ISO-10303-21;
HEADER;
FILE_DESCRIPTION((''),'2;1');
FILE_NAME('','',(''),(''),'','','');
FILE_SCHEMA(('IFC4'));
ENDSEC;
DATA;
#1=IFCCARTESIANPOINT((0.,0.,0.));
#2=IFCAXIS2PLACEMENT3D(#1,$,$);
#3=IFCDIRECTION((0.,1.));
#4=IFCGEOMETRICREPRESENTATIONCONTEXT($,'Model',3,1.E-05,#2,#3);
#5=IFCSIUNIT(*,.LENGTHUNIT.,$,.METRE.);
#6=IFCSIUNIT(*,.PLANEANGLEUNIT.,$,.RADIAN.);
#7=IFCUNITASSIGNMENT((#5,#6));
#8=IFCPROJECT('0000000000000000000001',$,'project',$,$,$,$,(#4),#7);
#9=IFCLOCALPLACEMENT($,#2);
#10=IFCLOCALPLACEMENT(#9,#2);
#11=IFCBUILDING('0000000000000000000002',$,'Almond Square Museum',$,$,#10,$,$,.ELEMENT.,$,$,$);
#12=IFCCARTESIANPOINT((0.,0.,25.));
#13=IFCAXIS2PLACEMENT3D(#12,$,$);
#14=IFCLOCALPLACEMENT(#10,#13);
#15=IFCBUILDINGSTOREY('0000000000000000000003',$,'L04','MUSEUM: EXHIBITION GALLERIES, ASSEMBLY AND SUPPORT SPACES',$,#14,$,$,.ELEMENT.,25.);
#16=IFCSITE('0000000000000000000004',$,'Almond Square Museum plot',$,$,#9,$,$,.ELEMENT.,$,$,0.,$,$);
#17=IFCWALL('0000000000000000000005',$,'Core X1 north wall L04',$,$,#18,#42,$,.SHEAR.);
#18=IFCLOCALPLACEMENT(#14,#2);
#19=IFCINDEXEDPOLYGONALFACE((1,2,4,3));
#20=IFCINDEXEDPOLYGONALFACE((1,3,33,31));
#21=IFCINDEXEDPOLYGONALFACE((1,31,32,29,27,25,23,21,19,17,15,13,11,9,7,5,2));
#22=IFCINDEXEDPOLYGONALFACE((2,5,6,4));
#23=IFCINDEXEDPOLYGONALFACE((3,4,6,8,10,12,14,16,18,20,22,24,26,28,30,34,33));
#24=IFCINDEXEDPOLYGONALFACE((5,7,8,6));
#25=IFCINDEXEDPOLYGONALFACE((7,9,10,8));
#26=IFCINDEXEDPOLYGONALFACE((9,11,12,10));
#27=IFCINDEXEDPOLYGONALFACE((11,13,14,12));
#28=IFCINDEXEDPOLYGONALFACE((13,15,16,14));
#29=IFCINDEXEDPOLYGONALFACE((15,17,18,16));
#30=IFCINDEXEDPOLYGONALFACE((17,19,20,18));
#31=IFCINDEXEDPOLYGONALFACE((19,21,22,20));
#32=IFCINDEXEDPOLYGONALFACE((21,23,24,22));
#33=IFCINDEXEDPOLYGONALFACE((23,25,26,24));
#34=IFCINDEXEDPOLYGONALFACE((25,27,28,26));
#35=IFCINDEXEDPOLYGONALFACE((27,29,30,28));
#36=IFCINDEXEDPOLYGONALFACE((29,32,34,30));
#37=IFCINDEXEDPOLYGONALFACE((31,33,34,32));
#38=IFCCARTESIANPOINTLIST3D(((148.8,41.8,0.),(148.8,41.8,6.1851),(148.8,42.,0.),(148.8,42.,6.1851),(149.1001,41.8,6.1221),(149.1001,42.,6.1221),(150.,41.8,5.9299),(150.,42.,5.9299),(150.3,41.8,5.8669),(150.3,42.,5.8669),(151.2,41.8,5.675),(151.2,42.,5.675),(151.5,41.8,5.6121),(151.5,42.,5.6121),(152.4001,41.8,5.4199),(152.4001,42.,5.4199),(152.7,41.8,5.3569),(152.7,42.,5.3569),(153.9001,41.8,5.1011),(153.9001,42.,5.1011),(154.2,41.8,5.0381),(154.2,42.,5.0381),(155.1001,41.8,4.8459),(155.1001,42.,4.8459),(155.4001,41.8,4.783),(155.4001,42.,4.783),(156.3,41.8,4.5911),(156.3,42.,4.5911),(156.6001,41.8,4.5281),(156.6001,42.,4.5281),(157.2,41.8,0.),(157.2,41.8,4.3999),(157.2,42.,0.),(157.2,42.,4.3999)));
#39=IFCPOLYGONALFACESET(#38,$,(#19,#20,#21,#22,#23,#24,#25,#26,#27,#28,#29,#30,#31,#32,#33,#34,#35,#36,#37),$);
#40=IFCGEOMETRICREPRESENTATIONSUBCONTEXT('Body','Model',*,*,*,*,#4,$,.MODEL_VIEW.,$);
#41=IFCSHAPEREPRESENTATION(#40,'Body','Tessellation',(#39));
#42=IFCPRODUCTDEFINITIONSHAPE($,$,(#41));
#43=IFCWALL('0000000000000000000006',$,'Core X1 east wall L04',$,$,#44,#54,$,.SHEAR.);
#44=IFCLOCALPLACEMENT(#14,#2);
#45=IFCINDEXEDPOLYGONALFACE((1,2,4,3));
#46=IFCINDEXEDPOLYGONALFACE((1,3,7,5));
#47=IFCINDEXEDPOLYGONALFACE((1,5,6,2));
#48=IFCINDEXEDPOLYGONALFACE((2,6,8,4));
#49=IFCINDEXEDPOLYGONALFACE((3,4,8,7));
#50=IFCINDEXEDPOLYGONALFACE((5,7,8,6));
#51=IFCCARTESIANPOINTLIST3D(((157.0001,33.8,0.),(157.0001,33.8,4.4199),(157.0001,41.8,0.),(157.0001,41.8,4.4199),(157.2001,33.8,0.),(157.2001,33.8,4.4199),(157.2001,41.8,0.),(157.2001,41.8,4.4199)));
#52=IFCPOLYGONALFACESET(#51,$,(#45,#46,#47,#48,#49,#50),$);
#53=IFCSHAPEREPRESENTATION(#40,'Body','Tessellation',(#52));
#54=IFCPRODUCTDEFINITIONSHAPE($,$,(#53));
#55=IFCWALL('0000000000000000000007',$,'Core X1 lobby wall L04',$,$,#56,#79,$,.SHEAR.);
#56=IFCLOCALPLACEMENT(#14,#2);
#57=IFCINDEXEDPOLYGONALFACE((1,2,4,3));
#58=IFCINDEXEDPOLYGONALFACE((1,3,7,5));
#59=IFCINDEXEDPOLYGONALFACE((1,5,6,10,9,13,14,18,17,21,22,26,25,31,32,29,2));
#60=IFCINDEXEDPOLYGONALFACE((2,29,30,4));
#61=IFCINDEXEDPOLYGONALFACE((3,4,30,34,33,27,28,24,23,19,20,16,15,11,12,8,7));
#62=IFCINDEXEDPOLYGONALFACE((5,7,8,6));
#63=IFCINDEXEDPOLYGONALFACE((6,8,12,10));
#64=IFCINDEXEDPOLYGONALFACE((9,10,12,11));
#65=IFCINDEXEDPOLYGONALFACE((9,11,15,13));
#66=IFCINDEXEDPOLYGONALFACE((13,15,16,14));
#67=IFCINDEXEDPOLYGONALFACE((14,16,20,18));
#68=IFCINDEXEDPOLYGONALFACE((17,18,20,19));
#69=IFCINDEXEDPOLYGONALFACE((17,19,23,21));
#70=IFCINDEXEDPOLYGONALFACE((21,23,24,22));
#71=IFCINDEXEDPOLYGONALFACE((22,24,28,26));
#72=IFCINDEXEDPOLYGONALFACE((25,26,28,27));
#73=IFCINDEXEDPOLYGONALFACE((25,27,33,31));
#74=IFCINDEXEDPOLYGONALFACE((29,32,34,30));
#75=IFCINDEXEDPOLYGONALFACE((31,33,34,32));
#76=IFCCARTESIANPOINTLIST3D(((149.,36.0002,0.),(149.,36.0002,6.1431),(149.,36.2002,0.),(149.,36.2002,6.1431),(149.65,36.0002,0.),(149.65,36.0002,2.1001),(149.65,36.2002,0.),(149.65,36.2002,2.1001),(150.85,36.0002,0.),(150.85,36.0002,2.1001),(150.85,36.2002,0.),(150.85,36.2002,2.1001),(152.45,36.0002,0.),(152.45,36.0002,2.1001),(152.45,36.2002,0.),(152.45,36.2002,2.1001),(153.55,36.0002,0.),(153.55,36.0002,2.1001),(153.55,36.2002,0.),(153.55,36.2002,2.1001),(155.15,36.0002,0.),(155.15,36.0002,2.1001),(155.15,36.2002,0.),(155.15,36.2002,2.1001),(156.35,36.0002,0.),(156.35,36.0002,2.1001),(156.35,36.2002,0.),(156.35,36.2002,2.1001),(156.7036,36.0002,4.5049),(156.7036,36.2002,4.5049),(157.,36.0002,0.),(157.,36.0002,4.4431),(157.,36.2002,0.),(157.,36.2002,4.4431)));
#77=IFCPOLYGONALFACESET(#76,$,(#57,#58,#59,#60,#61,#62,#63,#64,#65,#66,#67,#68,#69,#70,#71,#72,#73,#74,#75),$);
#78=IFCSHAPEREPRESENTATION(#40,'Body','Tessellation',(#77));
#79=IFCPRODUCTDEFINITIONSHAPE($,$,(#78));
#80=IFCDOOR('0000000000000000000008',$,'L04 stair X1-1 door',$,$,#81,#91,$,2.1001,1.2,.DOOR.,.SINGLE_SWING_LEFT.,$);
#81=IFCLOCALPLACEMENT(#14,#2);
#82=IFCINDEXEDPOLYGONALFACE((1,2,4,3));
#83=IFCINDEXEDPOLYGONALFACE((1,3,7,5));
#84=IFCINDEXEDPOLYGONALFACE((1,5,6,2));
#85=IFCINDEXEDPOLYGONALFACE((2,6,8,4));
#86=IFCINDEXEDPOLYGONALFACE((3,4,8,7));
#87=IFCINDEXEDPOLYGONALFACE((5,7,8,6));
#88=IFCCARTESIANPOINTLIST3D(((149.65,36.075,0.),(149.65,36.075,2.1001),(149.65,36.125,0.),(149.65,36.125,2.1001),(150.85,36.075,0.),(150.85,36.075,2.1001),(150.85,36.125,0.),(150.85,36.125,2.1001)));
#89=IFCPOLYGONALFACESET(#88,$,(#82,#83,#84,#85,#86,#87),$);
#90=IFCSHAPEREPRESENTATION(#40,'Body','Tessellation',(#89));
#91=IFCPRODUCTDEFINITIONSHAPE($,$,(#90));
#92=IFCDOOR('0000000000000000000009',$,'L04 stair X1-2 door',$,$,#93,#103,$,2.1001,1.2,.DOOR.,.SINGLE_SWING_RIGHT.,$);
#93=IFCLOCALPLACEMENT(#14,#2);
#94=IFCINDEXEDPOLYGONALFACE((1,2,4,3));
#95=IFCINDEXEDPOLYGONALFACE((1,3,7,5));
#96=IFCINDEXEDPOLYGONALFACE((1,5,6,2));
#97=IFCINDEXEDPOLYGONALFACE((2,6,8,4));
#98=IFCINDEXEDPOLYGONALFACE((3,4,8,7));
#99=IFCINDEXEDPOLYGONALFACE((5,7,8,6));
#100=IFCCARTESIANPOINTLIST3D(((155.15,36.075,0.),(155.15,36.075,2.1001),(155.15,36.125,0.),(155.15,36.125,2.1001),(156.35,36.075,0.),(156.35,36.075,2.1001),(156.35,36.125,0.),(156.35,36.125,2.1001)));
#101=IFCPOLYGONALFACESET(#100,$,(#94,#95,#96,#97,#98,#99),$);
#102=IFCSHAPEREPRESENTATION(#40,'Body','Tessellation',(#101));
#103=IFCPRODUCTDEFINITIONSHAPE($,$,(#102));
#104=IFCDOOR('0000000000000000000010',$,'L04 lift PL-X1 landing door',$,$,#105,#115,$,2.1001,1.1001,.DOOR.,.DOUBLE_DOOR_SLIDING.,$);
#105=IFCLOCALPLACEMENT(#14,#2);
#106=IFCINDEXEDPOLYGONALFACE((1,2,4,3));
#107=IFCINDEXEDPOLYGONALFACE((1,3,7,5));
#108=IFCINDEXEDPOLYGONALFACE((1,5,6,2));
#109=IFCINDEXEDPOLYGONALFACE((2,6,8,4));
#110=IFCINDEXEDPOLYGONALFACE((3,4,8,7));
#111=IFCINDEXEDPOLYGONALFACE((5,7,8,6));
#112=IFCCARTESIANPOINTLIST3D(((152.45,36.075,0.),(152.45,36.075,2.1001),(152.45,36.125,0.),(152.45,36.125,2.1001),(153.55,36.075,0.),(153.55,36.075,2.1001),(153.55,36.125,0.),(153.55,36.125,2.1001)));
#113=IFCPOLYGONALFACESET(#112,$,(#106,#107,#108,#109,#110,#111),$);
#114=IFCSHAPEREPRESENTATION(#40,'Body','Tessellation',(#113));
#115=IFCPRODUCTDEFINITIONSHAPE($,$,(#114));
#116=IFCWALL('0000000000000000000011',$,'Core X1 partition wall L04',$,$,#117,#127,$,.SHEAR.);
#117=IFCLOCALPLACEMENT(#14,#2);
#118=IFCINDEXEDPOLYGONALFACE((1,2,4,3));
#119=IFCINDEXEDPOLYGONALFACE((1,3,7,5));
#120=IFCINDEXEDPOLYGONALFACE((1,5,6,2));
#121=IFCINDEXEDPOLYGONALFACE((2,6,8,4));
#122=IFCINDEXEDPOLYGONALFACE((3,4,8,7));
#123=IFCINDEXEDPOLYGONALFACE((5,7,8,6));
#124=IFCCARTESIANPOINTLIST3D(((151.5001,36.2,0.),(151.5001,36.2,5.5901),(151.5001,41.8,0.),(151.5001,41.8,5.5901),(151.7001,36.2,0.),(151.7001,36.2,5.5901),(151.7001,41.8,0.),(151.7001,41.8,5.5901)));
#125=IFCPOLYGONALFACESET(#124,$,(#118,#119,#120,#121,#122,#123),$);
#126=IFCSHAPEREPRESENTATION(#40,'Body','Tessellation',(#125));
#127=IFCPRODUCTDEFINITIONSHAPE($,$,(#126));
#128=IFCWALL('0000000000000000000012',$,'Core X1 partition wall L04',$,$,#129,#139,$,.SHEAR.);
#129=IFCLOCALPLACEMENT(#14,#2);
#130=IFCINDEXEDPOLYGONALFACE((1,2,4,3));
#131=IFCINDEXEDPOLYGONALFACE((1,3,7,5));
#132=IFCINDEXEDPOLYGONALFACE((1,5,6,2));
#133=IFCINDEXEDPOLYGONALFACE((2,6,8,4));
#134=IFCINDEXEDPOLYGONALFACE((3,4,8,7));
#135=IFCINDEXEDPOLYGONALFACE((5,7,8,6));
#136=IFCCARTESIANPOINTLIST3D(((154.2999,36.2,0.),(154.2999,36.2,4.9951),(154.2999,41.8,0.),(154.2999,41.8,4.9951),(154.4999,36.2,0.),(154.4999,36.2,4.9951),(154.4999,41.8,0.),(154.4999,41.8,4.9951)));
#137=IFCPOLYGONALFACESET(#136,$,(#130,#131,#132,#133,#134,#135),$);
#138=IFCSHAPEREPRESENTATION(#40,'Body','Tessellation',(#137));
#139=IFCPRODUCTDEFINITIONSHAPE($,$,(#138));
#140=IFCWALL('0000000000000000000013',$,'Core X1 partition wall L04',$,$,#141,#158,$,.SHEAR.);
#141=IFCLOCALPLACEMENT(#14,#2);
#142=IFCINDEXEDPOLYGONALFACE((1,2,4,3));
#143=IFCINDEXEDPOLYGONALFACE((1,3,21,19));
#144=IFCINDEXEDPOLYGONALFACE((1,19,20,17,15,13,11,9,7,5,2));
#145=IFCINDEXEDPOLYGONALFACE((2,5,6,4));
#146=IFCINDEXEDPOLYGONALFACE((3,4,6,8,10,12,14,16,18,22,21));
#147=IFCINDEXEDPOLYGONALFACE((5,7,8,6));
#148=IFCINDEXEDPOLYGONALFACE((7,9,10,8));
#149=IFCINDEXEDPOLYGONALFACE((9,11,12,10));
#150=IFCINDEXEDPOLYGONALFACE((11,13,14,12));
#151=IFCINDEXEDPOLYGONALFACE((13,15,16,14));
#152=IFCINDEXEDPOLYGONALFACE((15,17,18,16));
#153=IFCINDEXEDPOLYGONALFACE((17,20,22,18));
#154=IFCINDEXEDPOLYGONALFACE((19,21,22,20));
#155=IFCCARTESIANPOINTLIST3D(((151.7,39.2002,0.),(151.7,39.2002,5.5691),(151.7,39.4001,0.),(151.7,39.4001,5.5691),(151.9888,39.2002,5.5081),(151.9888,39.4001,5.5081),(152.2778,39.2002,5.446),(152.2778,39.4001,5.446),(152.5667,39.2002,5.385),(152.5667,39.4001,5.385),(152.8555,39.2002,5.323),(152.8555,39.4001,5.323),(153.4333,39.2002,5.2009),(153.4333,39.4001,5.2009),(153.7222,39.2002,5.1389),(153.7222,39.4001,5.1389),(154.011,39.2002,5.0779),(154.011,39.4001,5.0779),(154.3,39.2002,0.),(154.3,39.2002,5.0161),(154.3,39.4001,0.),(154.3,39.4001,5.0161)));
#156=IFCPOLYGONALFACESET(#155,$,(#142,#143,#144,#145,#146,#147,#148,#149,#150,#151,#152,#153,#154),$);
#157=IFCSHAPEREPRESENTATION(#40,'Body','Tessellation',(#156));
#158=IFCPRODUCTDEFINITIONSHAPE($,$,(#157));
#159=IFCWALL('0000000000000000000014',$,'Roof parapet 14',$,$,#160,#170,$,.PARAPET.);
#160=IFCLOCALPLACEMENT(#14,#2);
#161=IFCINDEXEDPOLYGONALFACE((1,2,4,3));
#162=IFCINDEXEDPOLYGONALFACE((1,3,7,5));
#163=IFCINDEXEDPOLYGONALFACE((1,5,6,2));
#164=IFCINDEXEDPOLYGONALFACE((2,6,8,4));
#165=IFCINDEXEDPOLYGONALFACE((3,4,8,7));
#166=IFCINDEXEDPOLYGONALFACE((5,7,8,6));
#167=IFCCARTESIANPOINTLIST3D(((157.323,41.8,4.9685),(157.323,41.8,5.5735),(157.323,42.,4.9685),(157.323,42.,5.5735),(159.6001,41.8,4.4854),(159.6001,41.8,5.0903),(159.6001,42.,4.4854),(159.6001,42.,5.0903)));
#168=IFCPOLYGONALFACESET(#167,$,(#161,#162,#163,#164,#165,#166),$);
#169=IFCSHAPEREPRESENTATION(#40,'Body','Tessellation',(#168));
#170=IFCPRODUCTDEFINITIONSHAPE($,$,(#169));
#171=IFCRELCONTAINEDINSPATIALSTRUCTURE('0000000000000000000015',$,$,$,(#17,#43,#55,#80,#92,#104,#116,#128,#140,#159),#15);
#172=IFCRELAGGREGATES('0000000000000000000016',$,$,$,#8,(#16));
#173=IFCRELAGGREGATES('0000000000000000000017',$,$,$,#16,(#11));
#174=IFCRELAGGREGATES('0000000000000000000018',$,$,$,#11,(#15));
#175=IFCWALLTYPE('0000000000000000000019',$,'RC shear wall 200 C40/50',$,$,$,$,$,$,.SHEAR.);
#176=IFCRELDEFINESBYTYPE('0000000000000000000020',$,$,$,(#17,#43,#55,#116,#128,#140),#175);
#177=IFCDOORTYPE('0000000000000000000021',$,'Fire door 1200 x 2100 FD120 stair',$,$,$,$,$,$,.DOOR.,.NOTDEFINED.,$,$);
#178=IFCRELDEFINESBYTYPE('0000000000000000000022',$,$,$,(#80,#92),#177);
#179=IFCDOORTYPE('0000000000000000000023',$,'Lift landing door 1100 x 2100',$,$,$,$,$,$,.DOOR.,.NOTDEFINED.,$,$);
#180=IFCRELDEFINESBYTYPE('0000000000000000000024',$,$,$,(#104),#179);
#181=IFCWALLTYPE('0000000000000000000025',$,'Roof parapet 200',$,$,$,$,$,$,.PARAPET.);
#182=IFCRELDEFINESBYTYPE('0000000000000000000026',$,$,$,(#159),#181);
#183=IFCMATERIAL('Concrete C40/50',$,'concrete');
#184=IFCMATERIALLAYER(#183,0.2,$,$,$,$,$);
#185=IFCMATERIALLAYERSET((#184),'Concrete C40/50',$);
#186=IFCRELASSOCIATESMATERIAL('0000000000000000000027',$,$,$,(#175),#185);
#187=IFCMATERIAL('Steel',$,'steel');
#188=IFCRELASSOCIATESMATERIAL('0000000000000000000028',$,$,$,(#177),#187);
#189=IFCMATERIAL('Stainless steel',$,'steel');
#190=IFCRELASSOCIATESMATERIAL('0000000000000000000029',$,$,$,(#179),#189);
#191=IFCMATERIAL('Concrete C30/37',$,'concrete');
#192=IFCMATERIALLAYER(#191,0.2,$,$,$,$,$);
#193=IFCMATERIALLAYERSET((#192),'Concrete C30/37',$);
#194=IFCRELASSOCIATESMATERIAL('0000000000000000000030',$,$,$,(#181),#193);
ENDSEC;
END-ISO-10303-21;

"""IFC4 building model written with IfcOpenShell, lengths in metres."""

from ifc_helpers import new_model, si_unit, direction, frame, frame_2d, origin, place, context, subcontext, project, spatial, polyline, rectangle, outline, extrude, material, layer, layer_set, type_object, element, fill, save


model = new_model("IFC4")

# Units and contexts
model_context = context("Model", 3, precision=1e-05, world=origin(), true_north=direction((0.0, 1.0)))
body_context = subcontext(model_context, "Body", "Model", "MODEL_VIEW")
ifc_project = project(units=[si_unit("LENGTHUNIT", "METRE"), si_unit("PLANEANGLEUNIT", "RADIAN")], contexts=[model_context])

# Site, building, storey
site_placement = place(None, origin())
site = spatial("IfcSite", under=ifc_project, at=site_placement, Name="Almond Square Museum plot", CompositionType="ELEMENT", RefElevation=0.0)
building_placement = place(site_placement, origin())
building = spatial("IfcBuilding", under=site, at=building_placement, Name="Almond Square Museum", CompositionType="ELEMENT")
storey_placement = place(building_placement, frame((0.0, 0.0, 25.0)))
storey = spatial("IfcBuildingStorey", under=building, at=storey_placement, Name="L04", Description="MUSEUM: EXHIBITION GALLERIES, ASSEMBLY AND SUPPORT SPACES", CompositionType="ELEMENT", Elevation=25.0)

# Walls
ifc_material_1 = material(Name="Concrete C40/50", Category="concrete")
ifc_layer_1 = layer(ifc_material_1, 0.2)
ifc_layer_set_1 = layer_set([ifc_layer_1], Name="Concrete C40/50")
wall_type_1 = type_object("IfcWallType", Name="RC shear wall 200 C40/50", PredefinedType="SHEAR", material=ifc_layer_set_1)
wall_1_placement = place(storey_placement, frame((148.8, 41.8999, 0.0), z_axis=(0.0, 0.0, 1.0), x_axis=(1.0, 0.0, 0.0)))
element("IfcWall", 1, at=wall_1_placement, inside=storey, type_object=wall_type_1, Name="Core X1 north wall L04", PredefinedType="SHEAR", context=body_context, shape_type="SweptSolid", body=[
    extrude(outline(polyline([(0.0, 0.0), (8.3999, 0.0), (8.3999, 4.3999), (7.8, 4.5281), (7.5, 4.5911), (6.6001, 4.783), (6.3, 4.8459), (5.3999, 5.0381), (5.1001, 5.1011), (3.8999, 5.3569), (3.6001, 5.4199), (2.7, 5.6121), (2.3999, 5.675), (1.5, 5.8669), (1.2, 5.9299), (0.3, 6.1221), (0.0, 6.1851), (0.0, 0.0)])), frame((0.0, 0.1001, 0.0), z_axis=(0.0, -1.0, 0.0), x_axis=(1.0, 0.0, 0.0)), (0.0, 0.0, 1.0), 0.2),
])
wall_2_placement = place(storey_placement, frame((157.1001, 33.8, 0.0), z_axis=(0.0, 0.0, 1.0), x_axis=(0.0, 1.0, 0.0)))
element("IfcWall", 2, at=wall_2_placement, inside=storey, type_object=wall_type_1, Name="Core X1 east wall L04", PredefinedType="SHEAR", context=body_context, shape_type="SweptSolid", body=[
    extrude(rectangle(XDim=8.0, YDim=0.2, at=frame_2d((4.0, 0.0))), origin(), (0.0, 0.0, 1.0), 4.4199),
])

# Wall, openings, doors
wall_3_placement = place(storey_placement, frame((149.0, 36.1001, 0.0), z_axis=(0.0, 0.0, 1.0), x_axis=(1.0, 0.0, 0.0)))
wall_3 = element("IfcWall", 3, at=wall_3_placement, inside=storey, type_object=wall_type_1, Name="Core X1 lobby wall L04", PredefinedType="SHEAR", context=body_context, shape_type="SweptSolid", body=[
    extrude(outline(polyline([(0.0, 0.0), (8.0, 0.0), (8.0, 4.4431), (7.7036, 4.5049), (0.0, 6.1431), (0.0, 0.0)])), frame((0.0, 0.1001, 0.0), z_axis=(0.0, -1.0, 0.0), x_axis=(1.0, 0.0, 0.0)), (0.0, 0.0, 1.0), 0.2),
])
opening_1_placement = place(wall_3_placement, frame((0.6499, 0.0, 0.0)))
opening_1 = element("IfcOpeningElement", 4, at=opening_1_placement, cuts=wall_3, PredefinedType="OPENING", context=body_context, shape_type="SweptSolid", body=[
    extrude(rectangle(XDim=1.2, YDim=2.1001, at=frame_2d((0.6001, 1.05))), frame((0.0, 0.1099, 0.0), z_axis=(0.0, -1.0, 0.0), x_axis=(1.0, 0.0, 0.0)), (0.0, 0.0, 1.0), 0.22),
])
opening_2_placement = place(wall_3_placement, frame((6.1499, 0.0, 0.0)))
opening_2 = element("IfcOpeningElement", 5, at=opening_2_placement, cuts=wall_3, PredefinedType="OPENING", context=body_context, shape_type="SweptSolid", body=[
    extrude(rectangle(XDim=1.2, YDim=2.1001, at=frame_2d((0.6001, 1.05))), frame((0.0, 0.1099, 0.0), z_axis=(0.0, -1.0, 0.0), x_axis=(1.0, 0.0, 0.0)), (0.0, 0.0, 1.0), 0.22),
])
opening_3_placement = place(wall_3_placement, frame((3.45, 0.0, 0.0)))
opening_3 = element("IfcOpeningElement", 6, at=opening_3_placement, cuts=wall_3, PredefinedType="OPENING", context=body_context, shape_type="SweptSolid", body=[
    extrude(rectangle(XDim=1.1001, YDim=2.1001, at=frame_2d((0.55, 1.05))), frame((0.0, 0.1099, 0.0), z_axis=(0.0, -1.0, 0.0), x_axis=(1.0, 0.0, 0.0)), (0.0, 0.0, 1.0), 0.22),
])
ifc_material_2 = material(Name="Steel", Category="steel")
door_type_1 = type_object("IfcDoorType", Name="Fire door 1200 x 2100 FD120 stair", OperationType="NOTDEFINED", PredefinedType="DOOR", material=ifc_material_2)
door_1_placement = place(opening_1_placement, origin())
door_1 = element("IfcDoor", 7, at=door_1_placement, inside=storey, type_object=door_type_1, Name="L04 stair X1-1 door", OperationType="SINGLE_SWING_LEFT", OverallHeight=2.1001, OverallWidth=1.2, PredefinedType="DOOR", context=body_context, shape_type="SweptSolid", body=[
    extrude(rectangle(XDim=1.2, YDim=2.1001, at=frame_2d((0.6001, 1.05))), frame((0.0, 0.0249, 0.0), z_axis=(0.0, -1.0, 0.0), x_axis=(1.0, 0.0, 0.0)), (0.0, 0.0, 1.0), 0.05),
])
fill(opening_1, door_1)
door_2_placement = place(opening_2_placement, origin())
door_2 = element("IfcDoor", 8, at=door_2_placement, inside=storey, type_object=door_type_1, Name="L04 stair X1-2 door", OperationType="SINGLE_SWING_RIGHT", OverallHeight=2.1001, OverallWidth=1.2, PredefinedType="DOOR", context=body_context, shape_type="SweptSolid", body=[
    extrude(rectangle(XDim=1.2, YDim=2.1001, at=frame_2d((0.6001, 1.05))), frame((0.0, 0.0249, 0.0), z_axis=(0.0, -1.0, 0.0), x_axis=(1.0, 0.0, 0.0)), (0.0, 0.0, 1.0), 0.05),
])
fill(opening_2, door_2)
ifc_material_3 = material(Name="Stainless steel", Category="steel")
door_type_2 = type_object("IfcDoorType", Name="Lift landing door 1100 x 2100", OperationType="NOTDEFINED", PredefinedType="DOOR", material=ifc_material_3)
door_3_placement = place(opening_3_placement, origin())
door_3 = element("IfcDoor", 9, at=door_3_placement, inside=storey, type_object=door_type_2, Name="L04 lift PL-X1 landing door", OperationType="DOUBLE_DOOR_SLIDING", OverallHeight=2.1001, OverallWidth=1.1001, PredefinedType="DOOR", context=body_context, shape_type="SweptSolid", body=[
    extrude(rectangle(XDim=1.1001, YDim=2.1001, at=frame_2d((0.55, 1.05))), frame((0.0, 0.0249, 0.0), z_axis=(0.0, -1.0, 0.0), x_axis=(1.0, 0.0, 0.0)), (0.0, 0.0, 1.0), 0.05),
])
fill(opening_3, door_3)

# Walls
wall_4_placement = place(storey_placement, frame((151.6001, 36.2, 0.0), z_axis=(0.0, 0.0, 1.0), x_axis=(0.0, 1.0, 0.0)))
element("IfcWall", 10, at=wall_4_placement, inside=storey, type_object=wall_type_1, Name="Core X1 partition wall L04", PredefinedType="SHEAR", context=body_context, shape_type="SweptSolid", body=[
    extrude(rectangle(XDim=5.6001, YDim=0.2, at=frame_2d((2.8, 0.0))), origin(), (0.0, 0.0, 1.0), 5.5901),
])
wall_5_placement = place(storey_placement, frame((154.3999, 36.2, 0.0), z_axis=(0.0, 0.0, 1.0), x_axis=(0.0, 1.0, 0.0)))
element("IfcWall", 11, at=wall_5_placement, inside=storey, type_object=wall_type_1, Name="Core X1 partition wall L04", PredefinedType="SHEAR", context=body_context, shape_type="SweptSolid", body=[
    extrude(rectangle(XDim=5.6001, YDim=0.2, at=frame_2d((2.8, 0.0))), origin(), (0.0, 0.0, 1.0), 4.9951),
])
wall_6_placement = place(storey_placement, frame((151.7, 39.3, 0.0), z_axis=(0.0, 0.0, 1.0), x_axis=(1.0, 0.0, 0.0)))
element("IfcWall", 12, at=wall_6_placement, inside=storey, type_object=wall_type_1, Name="Core X1 partition wall L04", PredefinedType="SHEAR", context=body_context, shape_type="SweptSolid", body=[
    extrude(outline(polyline([(0.0, 0.0), (2.6001, 0.0), (2.6001, 5.0161), (2.311, 5.0779), (2.0222, 5.1389), (1.7334, 5.2009), (1.1555, 5.323), (0.8667, 5.385), (0.5779, 5.446), (0.2888, 5.5081), (0.0, 5.5691), (0.0, 0.0)])), frame((0.0, 0.1001, 0.0), z_axis=(0.0, -1.0, 0.0), x_axis=(1.0, 0.0, 0.0)), (0.0, 0.0, 1.0), 0.2),
])
ifc_material_4 = material(Name="Concrete C30/37", Category="concrete")
ifc_layer_2 = layer(ifc_material_4, 0.2)
ifc_layer_set_2 = layer_set([ifc_layer_2], Name="Concrete C30/37")
wall_type_2 = type_object("IfcWallType", Name="Roof parapet 200", PredefinedType="PARAPET", material=ifc_layer_set_2)
wall_7_placement = place(storey_placement, frame((157.323, 41.8999, 4.4854), z_axis=(0.0, 0.0, 1.0), x_axis=(1.0, 0.0, 0.0)))
element("IfcWall", 13, at=wall_7_placement, inside=storey, type_object=wall_type_2, Name="Roof parapet 14", PredefinedType="PARAPET", context=body_context, shape_type="SweptSolid", body=[
    extrude(outline(polyline([(0.0, 0.4832), (2.2771, 0.0), (2.2771, 0.605), (0.0, 1.0881), (0.0, 0.4832)])), frame((0.0, 0.1001, 0.0), z_axis=(0.0, -1.0, 0.0), x_axis=(1.0, 0.0, 0.0)), (0.0, 0.0, 1.0), 0.2),
])

save(model, "model.ifc")
